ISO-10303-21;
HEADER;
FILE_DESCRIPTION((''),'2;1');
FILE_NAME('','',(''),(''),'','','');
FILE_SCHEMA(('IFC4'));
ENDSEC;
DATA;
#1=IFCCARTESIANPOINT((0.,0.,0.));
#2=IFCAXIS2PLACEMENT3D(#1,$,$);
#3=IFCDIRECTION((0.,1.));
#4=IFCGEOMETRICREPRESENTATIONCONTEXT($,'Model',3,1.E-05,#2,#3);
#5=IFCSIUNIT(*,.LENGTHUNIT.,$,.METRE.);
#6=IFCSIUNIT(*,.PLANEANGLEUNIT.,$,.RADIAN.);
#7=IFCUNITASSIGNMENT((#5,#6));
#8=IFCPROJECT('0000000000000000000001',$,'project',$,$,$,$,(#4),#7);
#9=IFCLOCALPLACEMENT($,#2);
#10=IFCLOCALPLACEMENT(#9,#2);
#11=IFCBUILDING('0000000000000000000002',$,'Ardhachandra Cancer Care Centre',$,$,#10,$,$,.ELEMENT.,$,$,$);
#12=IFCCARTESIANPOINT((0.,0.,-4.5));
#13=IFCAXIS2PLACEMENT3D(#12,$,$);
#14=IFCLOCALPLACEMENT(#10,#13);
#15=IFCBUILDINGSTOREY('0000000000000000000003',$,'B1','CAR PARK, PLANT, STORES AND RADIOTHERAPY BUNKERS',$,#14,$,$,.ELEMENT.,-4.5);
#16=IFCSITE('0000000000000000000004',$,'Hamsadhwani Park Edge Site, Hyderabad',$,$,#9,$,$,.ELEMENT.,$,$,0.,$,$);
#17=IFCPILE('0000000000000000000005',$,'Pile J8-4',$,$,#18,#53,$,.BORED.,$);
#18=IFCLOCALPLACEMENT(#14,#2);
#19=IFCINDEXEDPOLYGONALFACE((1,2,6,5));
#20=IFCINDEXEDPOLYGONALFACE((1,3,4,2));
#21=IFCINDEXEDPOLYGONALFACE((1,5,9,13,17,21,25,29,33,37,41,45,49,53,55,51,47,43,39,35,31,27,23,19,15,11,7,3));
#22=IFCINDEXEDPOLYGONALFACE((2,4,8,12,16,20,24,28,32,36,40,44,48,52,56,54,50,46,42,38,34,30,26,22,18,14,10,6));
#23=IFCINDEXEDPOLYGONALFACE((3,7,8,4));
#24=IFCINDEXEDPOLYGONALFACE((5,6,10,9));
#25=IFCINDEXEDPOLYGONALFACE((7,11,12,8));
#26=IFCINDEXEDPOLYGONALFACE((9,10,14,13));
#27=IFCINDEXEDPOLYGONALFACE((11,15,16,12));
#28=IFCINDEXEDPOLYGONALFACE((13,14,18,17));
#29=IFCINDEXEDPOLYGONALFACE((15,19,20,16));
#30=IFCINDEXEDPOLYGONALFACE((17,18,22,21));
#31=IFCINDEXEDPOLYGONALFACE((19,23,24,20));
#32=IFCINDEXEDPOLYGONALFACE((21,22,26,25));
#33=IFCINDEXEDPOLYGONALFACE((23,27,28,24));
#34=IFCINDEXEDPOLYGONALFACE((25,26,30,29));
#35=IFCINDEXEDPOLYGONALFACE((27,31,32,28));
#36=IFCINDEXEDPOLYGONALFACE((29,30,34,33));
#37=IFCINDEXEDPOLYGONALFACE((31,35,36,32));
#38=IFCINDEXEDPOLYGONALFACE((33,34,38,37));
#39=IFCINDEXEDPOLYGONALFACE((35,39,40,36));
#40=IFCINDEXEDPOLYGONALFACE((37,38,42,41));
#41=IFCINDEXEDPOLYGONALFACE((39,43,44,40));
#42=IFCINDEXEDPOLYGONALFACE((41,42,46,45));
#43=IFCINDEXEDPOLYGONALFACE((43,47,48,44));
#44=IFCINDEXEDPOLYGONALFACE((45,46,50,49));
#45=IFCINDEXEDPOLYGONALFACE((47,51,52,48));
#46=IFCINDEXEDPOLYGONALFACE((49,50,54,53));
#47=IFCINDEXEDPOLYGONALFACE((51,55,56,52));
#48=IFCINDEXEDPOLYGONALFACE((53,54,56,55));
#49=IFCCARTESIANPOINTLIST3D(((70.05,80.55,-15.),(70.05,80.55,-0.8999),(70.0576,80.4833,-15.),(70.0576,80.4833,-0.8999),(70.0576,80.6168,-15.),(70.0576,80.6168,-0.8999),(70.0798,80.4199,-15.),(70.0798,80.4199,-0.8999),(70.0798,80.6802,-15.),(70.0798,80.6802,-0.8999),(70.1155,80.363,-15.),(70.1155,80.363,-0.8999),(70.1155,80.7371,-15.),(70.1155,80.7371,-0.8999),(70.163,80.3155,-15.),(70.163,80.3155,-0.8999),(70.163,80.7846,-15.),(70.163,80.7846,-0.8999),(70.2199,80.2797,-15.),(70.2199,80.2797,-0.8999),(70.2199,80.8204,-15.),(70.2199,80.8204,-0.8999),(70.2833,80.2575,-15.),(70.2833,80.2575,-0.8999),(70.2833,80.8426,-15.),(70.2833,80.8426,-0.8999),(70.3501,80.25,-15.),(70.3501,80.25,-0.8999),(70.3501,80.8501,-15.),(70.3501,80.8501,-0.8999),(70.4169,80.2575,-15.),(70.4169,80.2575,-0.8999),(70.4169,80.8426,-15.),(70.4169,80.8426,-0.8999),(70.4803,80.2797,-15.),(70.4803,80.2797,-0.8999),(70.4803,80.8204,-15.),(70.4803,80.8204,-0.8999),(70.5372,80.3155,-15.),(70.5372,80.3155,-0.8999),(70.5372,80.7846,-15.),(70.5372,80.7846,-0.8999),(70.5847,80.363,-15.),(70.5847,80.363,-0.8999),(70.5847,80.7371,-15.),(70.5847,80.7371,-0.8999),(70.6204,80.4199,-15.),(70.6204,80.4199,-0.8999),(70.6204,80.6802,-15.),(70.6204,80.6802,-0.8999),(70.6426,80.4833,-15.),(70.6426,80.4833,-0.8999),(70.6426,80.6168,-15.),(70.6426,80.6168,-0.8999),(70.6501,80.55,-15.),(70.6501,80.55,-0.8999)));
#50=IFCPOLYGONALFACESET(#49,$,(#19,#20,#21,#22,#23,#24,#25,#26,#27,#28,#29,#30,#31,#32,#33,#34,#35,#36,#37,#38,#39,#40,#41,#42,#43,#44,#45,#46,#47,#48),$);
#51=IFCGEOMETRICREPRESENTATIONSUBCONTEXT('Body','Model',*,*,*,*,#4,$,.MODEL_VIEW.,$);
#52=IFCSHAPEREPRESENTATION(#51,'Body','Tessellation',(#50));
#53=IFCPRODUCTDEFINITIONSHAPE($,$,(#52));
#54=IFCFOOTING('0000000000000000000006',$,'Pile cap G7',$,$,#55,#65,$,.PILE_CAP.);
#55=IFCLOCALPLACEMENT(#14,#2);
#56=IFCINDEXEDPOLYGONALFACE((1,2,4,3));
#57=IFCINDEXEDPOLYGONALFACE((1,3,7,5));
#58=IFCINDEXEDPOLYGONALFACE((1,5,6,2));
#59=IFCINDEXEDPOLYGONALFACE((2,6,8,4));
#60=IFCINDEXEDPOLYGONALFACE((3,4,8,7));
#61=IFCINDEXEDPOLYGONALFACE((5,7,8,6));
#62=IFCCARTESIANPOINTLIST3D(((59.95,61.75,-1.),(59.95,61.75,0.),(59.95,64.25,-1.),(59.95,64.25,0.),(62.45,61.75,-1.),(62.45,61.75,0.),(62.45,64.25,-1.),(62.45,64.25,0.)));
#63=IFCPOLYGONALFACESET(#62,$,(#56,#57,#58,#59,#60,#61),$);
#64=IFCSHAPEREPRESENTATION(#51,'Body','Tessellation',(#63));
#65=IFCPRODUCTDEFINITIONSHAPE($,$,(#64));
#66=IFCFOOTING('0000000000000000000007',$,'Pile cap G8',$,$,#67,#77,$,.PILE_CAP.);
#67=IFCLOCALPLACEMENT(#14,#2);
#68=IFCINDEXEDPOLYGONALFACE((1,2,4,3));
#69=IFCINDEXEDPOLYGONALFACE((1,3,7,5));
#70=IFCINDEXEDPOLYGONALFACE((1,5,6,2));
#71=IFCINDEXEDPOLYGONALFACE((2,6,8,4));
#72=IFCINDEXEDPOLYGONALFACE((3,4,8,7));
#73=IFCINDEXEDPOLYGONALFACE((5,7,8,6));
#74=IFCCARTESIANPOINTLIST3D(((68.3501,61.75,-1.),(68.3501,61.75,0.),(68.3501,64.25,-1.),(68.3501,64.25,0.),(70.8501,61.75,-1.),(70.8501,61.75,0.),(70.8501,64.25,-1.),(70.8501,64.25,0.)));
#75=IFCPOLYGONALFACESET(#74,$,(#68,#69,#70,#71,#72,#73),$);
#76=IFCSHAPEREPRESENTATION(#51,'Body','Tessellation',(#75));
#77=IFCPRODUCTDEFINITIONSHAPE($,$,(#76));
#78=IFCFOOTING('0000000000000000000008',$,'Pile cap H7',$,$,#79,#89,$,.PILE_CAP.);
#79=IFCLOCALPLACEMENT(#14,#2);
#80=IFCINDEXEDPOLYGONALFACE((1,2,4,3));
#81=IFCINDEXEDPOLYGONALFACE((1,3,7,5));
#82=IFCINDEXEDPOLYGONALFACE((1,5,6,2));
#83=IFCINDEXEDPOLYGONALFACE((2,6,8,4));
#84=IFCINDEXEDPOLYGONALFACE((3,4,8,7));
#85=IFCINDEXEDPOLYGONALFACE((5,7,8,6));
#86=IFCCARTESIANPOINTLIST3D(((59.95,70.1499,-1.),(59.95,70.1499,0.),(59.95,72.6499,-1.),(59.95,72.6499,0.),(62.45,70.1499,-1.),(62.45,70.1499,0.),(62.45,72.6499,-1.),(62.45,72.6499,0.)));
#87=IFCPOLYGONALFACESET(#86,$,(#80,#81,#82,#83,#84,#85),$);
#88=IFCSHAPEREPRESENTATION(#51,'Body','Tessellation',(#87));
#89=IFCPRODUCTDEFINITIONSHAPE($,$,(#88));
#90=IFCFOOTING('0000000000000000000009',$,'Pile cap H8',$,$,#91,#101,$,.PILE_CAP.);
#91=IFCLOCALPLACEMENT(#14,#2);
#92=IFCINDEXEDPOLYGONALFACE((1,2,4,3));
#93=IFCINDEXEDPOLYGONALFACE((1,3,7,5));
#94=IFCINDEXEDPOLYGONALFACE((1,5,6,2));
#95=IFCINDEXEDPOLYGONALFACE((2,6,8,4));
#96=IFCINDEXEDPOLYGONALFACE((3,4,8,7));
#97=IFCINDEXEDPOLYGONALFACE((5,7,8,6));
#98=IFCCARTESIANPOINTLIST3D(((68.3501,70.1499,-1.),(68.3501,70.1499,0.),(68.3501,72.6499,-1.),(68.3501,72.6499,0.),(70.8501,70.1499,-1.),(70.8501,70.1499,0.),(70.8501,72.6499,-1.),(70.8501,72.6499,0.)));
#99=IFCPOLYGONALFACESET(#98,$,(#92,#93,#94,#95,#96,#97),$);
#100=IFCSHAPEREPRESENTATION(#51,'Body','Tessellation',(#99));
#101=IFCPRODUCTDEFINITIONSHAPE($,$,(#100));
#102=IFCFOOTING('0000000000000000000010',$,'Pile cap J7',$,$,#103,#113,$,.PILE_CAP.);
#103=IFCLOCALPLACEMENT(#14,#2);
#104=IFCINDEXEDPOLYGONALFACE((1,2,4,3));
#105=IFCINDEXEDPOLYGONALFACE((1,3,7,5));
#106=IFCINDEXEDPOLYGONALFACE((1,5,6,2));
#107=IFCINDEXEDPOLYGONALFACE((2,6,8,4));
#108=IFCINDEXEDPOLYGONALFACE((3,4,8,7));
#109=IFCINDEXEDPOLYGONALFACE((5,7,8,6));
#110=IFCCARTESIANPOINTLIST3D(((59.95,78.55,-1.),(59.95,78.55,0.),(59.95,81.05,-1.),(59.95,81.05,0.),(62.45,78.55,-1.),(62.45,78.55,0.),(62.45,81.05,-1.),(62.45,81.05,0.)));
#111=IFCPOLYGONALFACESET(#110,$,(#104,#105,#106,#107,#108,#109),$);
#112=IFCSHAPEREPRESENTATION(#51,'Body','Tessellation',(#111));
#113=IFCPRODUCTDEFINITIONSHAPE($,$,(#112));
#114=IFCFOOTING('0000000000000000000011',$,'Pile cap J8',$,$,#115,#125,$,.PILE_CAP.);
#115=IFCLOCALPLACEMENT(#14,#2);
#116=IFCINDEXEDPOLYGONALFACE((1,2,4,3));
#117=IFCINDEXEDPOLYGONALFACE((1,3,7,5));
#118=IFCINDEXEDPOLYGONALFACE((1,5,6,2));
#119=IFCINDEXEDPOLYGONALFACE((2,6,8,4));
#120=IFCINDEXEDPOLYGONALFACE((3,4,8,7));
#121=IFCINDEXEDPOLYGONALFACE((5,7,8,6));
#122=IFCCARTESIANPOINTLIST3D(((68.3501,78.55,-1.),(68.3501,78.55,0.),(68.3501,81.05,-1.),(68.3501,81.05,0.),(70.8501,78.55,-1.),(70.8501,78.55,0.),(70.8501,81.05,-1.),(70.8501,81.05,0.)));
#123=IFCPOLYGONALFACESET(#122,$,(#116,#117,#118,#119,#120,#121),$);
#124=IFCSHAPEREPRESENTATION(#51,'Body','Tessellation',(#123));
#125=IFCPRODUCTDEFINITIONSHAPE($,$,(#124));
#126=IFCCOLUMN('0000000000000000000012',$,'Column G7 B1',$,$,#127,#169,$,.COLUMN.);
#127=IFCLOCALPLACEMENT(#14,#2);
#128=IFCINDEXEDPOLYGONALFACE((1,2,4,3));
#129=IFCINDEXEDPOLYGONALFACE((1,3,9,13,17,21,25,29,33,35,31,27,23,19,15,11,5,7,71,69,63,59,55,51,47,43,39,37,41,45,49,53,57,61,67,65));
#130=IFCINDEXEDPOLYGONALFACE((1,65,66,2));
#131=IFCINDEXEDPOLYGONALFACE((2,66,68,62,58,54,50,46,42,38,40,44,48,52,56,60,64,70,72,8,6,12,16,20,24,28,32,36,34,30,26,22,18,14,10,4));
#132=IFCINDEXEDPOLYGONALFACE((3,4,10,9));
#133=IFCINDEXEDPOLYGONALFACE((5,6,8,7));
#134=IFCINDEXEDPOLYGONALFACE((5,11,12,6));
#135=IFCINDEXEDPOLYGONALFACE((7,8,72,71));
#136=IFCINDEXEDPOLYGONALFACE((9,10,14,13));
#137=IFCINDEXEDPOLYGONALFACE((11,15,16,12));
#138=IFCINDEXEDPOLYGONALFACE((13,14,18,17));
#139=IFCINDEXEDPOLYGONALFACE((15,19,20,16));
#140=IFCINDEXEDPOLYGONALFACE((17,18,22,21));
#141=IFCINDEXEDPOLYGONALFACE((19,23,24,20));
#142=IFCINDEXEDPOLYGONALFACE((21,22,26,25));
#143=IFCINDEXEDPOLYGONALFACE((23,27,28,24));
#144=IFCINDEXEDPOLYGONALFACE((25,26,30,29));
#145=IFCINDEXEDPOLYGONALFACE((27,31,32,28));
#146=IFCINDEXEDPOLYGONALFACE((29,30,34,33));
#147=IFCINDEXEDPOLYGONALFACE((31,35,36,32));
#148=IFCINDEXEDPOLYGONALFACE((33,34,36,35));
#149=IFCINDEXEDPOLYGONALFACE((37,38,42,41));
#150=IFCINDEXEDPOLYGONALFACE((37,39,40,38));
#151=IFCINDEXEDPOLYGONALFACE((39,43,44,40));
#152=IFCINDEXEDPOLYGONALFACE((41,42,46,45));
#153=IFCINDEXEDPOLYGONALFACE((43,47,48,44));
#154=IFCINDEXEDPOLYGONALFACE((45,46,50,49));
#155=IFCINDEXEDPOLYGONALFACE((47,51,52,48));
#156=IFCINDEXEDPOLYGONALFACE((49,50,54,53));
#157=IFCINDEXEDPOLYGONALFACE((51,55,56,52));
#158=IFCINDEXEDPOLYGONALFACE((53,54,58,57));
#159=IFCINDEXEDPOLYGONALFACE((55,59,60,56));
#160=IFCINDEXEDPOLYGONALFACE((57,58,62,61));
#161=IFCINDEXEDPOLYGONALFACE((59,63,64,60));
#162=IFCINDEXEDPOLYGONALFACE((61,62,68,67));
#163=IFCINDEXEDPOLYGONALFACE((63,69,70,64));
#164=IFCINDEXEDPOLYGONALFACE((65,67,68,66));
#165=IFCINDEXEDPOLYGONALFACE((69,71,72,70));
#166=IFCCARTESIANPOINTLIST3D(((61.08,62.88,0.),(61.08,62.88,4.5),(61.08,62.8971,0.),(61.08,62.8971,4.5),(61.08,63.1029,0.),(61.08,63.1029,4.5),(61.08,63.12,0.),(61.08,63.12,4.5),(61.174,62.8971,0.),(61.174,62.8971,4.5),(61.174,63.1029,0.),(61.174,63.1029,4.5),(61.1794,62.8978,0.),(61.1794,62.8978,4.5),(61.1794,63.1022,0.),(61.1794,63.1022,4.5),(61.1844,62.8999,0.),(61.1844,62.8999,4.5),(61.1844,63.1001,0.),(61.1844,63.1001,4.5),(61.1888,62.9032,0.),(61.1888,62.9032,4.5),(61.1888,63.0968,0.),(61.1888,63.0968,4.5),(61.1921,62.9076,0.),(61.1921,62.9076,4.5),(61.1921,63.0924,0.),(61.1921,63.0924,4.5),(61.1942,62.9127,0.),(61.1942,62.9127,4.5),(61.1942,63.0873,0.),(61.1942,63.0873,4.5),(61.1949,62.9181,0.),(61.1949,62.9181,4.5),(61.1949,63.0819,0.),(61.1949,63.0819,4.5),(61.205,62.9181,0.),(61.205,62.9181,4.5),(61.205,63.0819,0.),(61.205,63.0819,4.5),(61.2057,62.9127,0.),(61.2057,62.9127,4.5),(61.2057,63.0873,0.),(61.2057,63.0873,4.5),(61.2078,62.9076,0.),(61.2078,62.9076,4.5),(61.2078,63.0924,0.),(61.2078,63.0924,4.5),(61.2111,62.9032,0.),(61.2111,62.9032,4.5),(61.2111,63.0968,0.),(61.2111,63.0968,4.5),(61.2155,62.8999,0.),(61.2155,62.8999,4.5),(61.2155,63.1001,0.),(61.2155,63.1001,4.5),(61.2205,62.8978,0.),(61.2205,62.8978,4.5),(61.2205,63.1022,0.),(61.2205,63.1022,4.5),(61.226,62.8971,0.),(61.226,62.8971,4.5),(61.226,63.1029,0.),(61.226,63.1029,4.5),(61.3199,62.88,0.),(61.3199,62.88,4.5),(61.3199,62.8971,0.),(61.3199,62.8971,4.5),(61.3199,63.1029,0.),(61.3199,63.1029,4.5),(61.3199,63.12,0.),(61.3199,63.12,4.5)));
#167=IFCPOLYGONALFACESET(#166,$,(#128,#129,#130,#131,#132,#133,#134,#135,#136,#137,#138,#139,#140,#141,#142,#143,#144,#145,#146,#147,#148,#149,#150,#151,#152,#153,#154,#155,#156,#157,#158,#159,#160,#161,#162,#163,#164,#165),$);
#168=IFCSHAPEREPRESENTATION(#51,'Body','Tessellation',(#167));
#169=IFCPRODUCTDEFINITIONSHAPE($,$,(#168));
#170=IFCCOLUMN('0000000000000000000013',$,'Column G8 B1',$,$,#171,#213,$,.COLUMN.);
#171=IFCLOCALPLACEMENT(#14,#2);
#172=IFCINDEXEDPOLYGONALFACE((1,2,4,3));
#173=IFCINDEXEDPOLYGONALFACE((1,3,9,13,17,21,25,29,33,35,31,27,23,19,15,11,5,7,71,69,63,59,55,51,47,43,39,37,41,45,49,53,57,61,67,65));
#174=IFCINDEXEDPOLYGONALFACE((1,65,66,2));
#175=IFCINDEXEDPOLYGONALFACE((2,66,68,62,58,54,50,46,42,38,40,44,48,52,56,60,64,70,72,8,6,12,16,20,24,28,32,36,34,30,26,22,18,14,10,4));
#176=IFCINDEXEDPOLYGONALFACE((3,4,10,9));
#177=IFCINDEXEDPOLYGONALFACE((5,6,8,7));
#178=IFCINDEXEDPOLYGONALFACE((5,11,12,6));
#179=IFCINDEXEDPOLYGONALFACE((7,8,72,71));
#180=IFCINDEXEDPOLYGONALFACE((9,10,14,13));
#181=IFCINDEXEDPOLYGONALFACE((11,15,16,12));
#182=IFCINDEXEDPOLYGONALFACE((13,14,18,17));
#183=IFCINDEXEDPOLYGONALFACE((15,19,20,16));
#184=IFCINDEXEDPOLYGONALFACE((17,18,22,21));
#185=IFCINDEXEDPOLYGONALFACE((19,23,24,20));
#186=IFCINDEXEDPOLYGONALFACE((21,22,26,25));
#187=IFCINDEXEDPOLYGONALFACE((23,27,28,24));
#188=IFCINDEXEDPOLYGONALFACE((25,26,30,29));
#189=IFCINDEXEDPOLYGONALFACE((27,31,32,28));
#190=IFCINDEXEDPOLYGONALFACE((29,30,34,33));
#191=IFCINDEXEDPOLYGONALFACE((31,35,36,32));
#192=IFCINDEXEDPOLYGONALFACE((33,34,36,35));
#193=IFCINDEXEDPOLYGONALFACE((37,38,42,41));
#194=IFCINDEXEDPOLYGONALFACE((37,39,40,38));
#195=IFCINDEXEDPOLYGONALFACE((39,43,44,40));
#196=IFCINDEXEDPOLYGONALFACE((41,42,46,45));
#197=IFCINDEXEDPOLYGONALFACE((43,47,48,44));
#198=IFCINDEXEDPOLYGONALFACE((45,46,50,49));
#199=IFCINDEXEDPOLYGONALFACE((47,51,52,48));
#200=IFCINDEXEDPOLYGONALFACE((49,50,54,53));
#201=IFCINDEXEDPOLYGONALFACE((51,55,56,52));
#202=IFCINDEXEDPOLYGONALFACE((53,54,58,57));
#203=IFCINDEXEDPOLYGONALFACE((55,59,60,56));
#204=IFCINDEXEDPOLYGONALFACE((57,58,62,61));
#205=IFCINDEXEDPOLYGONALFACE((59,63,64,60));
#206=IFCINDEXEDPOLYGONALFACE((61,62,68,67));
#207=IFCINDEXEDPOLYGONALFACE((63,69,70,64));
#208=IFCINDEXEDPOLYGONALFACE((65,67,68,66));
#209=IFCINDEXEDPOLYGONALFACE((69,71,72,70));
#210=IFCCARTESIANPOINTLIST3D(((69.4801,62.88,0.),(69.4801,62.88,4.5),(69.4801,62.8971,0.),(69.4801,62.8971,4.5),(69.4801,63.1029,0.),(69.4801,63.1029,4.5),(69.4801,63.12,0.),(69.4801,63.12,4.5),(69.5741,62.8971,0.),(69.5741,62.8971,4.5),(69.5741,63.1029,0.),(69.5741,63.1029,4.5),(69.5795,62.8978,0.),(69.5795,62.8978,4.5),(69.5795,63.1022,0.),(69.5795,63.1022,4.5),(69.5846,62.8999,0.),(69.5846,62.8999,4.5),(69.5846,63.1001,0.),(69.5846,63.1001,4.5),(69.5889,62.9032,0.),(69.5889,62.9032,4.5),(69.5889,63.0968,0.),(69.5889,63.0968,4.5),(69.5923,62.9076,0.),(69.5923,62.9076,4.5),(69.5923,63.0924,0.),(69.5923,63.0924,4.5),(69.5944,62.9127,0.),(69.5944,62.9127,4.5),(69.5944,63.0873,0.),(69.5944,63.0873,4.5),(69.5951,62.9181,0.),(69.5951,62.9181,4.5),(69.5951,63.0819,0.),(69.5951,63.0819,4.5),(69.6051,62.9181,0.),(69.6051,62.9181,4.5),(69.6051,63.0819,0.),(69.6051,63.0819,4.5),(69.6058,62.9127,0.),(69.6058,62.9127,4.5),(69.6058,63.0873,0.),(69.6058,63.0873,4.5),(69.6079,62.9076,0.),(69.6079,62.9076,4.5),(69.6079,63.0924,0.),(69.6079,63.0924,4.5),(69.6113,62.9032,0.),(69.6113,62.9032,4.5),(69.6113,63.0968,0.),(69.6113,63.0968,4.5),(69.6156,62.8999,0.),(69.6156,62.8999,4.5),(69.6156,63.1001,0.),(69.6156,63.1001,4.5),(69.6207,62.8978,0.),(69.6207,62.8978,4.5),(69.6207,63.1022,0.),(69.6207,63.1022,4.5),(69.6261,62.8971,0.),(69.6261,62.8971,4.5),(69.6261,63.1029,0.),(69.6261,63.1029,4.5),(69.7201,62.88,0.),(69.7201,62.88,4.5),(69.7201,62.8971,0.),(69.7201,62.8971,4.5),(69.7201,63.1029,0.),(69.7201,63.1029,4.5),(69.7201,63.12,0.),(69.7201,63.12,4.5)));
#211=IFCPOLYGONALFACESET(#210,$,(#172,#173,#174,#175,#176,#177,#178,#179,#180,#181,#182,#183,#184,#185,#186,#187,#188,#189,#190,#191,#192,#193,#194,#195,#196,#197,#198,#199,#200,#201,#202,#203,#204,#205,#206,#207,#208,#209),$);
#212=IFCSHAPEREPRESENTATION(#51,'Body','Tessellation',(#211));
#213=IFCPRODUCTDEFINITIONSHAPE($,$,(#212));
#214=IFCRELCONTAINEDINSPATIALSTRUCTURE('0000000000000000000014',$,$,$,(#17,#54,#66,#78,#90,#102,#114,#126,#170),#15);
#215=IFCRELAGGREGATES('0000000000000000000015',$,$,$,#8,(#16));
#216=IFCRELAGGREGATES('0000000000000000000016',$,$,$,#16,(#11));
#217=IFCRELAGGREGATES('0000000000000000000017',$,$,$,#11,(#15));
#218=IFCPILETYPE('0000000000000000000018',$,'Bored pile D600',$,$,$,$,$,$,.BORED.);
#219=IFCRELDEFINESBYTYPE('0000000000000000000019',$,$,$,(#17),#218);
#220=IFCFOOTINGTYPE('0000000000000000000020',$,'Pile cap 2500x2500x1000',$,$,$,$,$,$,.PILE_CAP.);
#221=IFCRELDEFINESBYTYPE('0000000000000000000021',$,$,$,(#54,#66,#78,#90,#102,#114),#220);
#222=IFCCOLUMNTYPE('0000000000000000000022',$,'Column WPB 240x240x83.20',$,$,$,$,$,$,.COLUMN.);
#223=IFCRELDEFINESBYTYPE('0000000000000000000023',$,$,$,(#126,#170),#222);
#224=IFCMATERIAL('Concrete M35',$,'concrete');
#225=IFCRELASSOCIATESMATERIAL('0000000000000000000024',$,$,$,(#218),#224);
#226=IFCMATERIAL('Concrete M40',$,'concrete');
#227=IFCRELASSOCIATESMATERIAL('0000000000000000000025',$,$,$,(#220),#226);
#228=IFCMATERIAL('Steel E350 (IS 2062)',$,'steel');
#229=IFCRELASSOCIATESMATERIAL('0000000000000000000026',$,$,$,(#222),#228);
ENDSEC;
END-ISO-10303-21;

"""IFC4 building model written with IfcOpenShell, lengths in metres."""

from ifc_helpers import new_model, si_unit, direction, frame, origin, origin_2d, place, context, subcontext, project, spatial, rectangle, circle, i_section, extrude, material, material_profile, profile_set, type_object, element, save


model = new_model("IFC4")

# Units and contexts
model_context = context("Model", 3, precision=1e-05, world=origin(), true_north=direction((0.0, 1.0)))
body_context = subcontext(model_context, "Body", "Model", "MODEL_VIEW")
ifc_project = project(units=[si_unit("LENGTHUNIT", "METRE"), si_unit("PLANEANGLEUNIT", "RADIAN")], contexts=[model_context])

# Site, building, storey
site_placement = place(None, origin())
site = spatial("IfcSite", under=ifc_project, at=site_placement, Name="Hamsadhwani Park Edge Site, Hyderabad", CompositionType="ELEMENT", RefElevation=0.0)
building_placement = place(site_placement, origin())
building = spatial("IfcBuilding", under=site, at=building_placement, Name="Ardhachandra Cancer Care Centre", CompositionType="ELEMENT")
storey_placement = place(building_placement, frame((0.0, 0.0, -4.5)))
storey = spatial("IfcBuildingStorey", under=building, at=storey_placement, Name="B1", Description="CAR PARK, PLANT, STORES AND RADIOTHERAPY BUNKERS", CompositionType="ELEMENT", Elevation=-4.5)

# Pile
ifc_material_1 = material(Name="Concrete M35", Category="concrete")
ifc_material_profile_1 = material_profile(ifc_material_1, circle(Radius=0.3, at=origin_2d()), Name="D600")
ifc_profile_set_1 = profile_set([ifc_material_profile_1], Name="Concrete M35")
pile_type = type_object("IfcPileType", Name="Bored pile D600", PredefinedType="BORED", material=ifc_profile_set_1)
for number, where, z_axis, x_axis, name in (
    (1, (70.3501, 80.55, -0.8999), (0.0, 0.0, -1.0), (1.0, 0.0, 0.0), "Pile J8-4"),
):
    element("IfcPile", number, at=place(storey_placement, frame(where, z_axis=z_axis, x_axis=x_axis)), inside=storey, type_object=pile_type, Name=name, PredefinedType="BORED", context=body_context, shape_type="SweptSolid", body=[
        extrude(circle(Radius=0.3, at=origin_2d()), origin(), (0.0, 0.0, 1.0), 14.1001),
    ])

# Footings
ifc_material_2 = material(Name="Concrete M40", Category="concrete")
footing_type = type_object("IfcFootingType", Name="Pile cap 2500x2500x1000", PredefinedType="PILE_CAP", material=ifc_material_2)
for number, where, z_axis, x_axis, name in (
    (2, (61.2, 63.0, -1.0), (0.0, 0.0, 1.0), (1.0, 0.0, 0.0), "Pile cap G7"),
    (3, (69.6001, 63.0, -1.0), (0.0, 0.0, 1.0), (1.0, 0.0, 0.0), "Pile cap G8"),
    (4, (61.2, 71.3999, -1.0), (0.0, 0.0, 1.0), (1.0, 0.0, 0.0), "Pile cap H7"),
    (5, (69.6001, 71.3999, -1.0), (0.0, 0.0, 1.0), (1.0, 0.0, 0.0), "Pile cap H8"),
    (6, (61.2, 79.8, -1.0), (0.0, 0.0, 1.0), (1.0, 0.0, 0.0), "Pile cap J7"),
    (7, (69.6001, 79.8, -1.0), (0.0, 0.0, 1.0), (1.0, 0.0, 0.0), "Pile cap J8"),
):
    element("IfcFooting", number, at=place(storey_placement, frame(where, z_axis=z_axis, x_axis=x_axis)), inside=storey, type_object=footing_type, Name=name, PredefinedType="PILE_CAP", context=body_context, shape_type="SweptSolid", body=[
        extrude(rectangle(XDim=2.5, YDim=2.5, at=origin_2d()), origin(), (0.0, 0.0, 1.0), 1.0),
    ])

# Columns
ifc_material_3 = material(Name="Steel E350 (IS 2062)", Category="steel")
ifc_material_profile_2 = material_profile(ifc_material_3, i_section(OverallWidth=0.24, OverallDepth=0.24, WebThickness=0.01, FlangeThickness=0.0171, FilletRadius=0.021, at=origin_2d()), Name="WPB 240x240x83.20")
ifc_profile_set_2 = profile_set([ifc_material_profile_2], Name="Steel E350 (IS 2062)")
column_type_1 = type_object("IfcColumnType", Name="Column WPB 240x240x83.20", PredefinedType="COLUMN", material=ifc_profile_set_2)
for number, where, z_axis, x_axis, name in (
    (8, (61.2, 63.0, 0.0), (0.0, 0.0, 1.0), (1.0, 0.0, 0.0), "Column G7 B1"),
    (9, (69.6001, 63.0, 0.0), (0.0, 0.0, 1.0), (1.0, 0.0, 0.0), "Column G8 B1"),
):
    element("IfcColumn", number, at=place(storey_placement, frame(where, z_axis=z_axis, x_axis=x_axis)), inside=storey, type_object=column_type_1, Name=name, PredefinedType="COLUMN", context=body_context, shape_type="SweptSolid", body=[
        extrude(i_section(OverallWidth=0.24, OverallDepth=0.24, WebThickness=0.01, FlangeThickness=0.0171, FilletRadius=0.021, at=origin_2d()), origin(), (0.0, 0.0, 1.0), 4.5),
    ])

save(model, "model.ifc")
